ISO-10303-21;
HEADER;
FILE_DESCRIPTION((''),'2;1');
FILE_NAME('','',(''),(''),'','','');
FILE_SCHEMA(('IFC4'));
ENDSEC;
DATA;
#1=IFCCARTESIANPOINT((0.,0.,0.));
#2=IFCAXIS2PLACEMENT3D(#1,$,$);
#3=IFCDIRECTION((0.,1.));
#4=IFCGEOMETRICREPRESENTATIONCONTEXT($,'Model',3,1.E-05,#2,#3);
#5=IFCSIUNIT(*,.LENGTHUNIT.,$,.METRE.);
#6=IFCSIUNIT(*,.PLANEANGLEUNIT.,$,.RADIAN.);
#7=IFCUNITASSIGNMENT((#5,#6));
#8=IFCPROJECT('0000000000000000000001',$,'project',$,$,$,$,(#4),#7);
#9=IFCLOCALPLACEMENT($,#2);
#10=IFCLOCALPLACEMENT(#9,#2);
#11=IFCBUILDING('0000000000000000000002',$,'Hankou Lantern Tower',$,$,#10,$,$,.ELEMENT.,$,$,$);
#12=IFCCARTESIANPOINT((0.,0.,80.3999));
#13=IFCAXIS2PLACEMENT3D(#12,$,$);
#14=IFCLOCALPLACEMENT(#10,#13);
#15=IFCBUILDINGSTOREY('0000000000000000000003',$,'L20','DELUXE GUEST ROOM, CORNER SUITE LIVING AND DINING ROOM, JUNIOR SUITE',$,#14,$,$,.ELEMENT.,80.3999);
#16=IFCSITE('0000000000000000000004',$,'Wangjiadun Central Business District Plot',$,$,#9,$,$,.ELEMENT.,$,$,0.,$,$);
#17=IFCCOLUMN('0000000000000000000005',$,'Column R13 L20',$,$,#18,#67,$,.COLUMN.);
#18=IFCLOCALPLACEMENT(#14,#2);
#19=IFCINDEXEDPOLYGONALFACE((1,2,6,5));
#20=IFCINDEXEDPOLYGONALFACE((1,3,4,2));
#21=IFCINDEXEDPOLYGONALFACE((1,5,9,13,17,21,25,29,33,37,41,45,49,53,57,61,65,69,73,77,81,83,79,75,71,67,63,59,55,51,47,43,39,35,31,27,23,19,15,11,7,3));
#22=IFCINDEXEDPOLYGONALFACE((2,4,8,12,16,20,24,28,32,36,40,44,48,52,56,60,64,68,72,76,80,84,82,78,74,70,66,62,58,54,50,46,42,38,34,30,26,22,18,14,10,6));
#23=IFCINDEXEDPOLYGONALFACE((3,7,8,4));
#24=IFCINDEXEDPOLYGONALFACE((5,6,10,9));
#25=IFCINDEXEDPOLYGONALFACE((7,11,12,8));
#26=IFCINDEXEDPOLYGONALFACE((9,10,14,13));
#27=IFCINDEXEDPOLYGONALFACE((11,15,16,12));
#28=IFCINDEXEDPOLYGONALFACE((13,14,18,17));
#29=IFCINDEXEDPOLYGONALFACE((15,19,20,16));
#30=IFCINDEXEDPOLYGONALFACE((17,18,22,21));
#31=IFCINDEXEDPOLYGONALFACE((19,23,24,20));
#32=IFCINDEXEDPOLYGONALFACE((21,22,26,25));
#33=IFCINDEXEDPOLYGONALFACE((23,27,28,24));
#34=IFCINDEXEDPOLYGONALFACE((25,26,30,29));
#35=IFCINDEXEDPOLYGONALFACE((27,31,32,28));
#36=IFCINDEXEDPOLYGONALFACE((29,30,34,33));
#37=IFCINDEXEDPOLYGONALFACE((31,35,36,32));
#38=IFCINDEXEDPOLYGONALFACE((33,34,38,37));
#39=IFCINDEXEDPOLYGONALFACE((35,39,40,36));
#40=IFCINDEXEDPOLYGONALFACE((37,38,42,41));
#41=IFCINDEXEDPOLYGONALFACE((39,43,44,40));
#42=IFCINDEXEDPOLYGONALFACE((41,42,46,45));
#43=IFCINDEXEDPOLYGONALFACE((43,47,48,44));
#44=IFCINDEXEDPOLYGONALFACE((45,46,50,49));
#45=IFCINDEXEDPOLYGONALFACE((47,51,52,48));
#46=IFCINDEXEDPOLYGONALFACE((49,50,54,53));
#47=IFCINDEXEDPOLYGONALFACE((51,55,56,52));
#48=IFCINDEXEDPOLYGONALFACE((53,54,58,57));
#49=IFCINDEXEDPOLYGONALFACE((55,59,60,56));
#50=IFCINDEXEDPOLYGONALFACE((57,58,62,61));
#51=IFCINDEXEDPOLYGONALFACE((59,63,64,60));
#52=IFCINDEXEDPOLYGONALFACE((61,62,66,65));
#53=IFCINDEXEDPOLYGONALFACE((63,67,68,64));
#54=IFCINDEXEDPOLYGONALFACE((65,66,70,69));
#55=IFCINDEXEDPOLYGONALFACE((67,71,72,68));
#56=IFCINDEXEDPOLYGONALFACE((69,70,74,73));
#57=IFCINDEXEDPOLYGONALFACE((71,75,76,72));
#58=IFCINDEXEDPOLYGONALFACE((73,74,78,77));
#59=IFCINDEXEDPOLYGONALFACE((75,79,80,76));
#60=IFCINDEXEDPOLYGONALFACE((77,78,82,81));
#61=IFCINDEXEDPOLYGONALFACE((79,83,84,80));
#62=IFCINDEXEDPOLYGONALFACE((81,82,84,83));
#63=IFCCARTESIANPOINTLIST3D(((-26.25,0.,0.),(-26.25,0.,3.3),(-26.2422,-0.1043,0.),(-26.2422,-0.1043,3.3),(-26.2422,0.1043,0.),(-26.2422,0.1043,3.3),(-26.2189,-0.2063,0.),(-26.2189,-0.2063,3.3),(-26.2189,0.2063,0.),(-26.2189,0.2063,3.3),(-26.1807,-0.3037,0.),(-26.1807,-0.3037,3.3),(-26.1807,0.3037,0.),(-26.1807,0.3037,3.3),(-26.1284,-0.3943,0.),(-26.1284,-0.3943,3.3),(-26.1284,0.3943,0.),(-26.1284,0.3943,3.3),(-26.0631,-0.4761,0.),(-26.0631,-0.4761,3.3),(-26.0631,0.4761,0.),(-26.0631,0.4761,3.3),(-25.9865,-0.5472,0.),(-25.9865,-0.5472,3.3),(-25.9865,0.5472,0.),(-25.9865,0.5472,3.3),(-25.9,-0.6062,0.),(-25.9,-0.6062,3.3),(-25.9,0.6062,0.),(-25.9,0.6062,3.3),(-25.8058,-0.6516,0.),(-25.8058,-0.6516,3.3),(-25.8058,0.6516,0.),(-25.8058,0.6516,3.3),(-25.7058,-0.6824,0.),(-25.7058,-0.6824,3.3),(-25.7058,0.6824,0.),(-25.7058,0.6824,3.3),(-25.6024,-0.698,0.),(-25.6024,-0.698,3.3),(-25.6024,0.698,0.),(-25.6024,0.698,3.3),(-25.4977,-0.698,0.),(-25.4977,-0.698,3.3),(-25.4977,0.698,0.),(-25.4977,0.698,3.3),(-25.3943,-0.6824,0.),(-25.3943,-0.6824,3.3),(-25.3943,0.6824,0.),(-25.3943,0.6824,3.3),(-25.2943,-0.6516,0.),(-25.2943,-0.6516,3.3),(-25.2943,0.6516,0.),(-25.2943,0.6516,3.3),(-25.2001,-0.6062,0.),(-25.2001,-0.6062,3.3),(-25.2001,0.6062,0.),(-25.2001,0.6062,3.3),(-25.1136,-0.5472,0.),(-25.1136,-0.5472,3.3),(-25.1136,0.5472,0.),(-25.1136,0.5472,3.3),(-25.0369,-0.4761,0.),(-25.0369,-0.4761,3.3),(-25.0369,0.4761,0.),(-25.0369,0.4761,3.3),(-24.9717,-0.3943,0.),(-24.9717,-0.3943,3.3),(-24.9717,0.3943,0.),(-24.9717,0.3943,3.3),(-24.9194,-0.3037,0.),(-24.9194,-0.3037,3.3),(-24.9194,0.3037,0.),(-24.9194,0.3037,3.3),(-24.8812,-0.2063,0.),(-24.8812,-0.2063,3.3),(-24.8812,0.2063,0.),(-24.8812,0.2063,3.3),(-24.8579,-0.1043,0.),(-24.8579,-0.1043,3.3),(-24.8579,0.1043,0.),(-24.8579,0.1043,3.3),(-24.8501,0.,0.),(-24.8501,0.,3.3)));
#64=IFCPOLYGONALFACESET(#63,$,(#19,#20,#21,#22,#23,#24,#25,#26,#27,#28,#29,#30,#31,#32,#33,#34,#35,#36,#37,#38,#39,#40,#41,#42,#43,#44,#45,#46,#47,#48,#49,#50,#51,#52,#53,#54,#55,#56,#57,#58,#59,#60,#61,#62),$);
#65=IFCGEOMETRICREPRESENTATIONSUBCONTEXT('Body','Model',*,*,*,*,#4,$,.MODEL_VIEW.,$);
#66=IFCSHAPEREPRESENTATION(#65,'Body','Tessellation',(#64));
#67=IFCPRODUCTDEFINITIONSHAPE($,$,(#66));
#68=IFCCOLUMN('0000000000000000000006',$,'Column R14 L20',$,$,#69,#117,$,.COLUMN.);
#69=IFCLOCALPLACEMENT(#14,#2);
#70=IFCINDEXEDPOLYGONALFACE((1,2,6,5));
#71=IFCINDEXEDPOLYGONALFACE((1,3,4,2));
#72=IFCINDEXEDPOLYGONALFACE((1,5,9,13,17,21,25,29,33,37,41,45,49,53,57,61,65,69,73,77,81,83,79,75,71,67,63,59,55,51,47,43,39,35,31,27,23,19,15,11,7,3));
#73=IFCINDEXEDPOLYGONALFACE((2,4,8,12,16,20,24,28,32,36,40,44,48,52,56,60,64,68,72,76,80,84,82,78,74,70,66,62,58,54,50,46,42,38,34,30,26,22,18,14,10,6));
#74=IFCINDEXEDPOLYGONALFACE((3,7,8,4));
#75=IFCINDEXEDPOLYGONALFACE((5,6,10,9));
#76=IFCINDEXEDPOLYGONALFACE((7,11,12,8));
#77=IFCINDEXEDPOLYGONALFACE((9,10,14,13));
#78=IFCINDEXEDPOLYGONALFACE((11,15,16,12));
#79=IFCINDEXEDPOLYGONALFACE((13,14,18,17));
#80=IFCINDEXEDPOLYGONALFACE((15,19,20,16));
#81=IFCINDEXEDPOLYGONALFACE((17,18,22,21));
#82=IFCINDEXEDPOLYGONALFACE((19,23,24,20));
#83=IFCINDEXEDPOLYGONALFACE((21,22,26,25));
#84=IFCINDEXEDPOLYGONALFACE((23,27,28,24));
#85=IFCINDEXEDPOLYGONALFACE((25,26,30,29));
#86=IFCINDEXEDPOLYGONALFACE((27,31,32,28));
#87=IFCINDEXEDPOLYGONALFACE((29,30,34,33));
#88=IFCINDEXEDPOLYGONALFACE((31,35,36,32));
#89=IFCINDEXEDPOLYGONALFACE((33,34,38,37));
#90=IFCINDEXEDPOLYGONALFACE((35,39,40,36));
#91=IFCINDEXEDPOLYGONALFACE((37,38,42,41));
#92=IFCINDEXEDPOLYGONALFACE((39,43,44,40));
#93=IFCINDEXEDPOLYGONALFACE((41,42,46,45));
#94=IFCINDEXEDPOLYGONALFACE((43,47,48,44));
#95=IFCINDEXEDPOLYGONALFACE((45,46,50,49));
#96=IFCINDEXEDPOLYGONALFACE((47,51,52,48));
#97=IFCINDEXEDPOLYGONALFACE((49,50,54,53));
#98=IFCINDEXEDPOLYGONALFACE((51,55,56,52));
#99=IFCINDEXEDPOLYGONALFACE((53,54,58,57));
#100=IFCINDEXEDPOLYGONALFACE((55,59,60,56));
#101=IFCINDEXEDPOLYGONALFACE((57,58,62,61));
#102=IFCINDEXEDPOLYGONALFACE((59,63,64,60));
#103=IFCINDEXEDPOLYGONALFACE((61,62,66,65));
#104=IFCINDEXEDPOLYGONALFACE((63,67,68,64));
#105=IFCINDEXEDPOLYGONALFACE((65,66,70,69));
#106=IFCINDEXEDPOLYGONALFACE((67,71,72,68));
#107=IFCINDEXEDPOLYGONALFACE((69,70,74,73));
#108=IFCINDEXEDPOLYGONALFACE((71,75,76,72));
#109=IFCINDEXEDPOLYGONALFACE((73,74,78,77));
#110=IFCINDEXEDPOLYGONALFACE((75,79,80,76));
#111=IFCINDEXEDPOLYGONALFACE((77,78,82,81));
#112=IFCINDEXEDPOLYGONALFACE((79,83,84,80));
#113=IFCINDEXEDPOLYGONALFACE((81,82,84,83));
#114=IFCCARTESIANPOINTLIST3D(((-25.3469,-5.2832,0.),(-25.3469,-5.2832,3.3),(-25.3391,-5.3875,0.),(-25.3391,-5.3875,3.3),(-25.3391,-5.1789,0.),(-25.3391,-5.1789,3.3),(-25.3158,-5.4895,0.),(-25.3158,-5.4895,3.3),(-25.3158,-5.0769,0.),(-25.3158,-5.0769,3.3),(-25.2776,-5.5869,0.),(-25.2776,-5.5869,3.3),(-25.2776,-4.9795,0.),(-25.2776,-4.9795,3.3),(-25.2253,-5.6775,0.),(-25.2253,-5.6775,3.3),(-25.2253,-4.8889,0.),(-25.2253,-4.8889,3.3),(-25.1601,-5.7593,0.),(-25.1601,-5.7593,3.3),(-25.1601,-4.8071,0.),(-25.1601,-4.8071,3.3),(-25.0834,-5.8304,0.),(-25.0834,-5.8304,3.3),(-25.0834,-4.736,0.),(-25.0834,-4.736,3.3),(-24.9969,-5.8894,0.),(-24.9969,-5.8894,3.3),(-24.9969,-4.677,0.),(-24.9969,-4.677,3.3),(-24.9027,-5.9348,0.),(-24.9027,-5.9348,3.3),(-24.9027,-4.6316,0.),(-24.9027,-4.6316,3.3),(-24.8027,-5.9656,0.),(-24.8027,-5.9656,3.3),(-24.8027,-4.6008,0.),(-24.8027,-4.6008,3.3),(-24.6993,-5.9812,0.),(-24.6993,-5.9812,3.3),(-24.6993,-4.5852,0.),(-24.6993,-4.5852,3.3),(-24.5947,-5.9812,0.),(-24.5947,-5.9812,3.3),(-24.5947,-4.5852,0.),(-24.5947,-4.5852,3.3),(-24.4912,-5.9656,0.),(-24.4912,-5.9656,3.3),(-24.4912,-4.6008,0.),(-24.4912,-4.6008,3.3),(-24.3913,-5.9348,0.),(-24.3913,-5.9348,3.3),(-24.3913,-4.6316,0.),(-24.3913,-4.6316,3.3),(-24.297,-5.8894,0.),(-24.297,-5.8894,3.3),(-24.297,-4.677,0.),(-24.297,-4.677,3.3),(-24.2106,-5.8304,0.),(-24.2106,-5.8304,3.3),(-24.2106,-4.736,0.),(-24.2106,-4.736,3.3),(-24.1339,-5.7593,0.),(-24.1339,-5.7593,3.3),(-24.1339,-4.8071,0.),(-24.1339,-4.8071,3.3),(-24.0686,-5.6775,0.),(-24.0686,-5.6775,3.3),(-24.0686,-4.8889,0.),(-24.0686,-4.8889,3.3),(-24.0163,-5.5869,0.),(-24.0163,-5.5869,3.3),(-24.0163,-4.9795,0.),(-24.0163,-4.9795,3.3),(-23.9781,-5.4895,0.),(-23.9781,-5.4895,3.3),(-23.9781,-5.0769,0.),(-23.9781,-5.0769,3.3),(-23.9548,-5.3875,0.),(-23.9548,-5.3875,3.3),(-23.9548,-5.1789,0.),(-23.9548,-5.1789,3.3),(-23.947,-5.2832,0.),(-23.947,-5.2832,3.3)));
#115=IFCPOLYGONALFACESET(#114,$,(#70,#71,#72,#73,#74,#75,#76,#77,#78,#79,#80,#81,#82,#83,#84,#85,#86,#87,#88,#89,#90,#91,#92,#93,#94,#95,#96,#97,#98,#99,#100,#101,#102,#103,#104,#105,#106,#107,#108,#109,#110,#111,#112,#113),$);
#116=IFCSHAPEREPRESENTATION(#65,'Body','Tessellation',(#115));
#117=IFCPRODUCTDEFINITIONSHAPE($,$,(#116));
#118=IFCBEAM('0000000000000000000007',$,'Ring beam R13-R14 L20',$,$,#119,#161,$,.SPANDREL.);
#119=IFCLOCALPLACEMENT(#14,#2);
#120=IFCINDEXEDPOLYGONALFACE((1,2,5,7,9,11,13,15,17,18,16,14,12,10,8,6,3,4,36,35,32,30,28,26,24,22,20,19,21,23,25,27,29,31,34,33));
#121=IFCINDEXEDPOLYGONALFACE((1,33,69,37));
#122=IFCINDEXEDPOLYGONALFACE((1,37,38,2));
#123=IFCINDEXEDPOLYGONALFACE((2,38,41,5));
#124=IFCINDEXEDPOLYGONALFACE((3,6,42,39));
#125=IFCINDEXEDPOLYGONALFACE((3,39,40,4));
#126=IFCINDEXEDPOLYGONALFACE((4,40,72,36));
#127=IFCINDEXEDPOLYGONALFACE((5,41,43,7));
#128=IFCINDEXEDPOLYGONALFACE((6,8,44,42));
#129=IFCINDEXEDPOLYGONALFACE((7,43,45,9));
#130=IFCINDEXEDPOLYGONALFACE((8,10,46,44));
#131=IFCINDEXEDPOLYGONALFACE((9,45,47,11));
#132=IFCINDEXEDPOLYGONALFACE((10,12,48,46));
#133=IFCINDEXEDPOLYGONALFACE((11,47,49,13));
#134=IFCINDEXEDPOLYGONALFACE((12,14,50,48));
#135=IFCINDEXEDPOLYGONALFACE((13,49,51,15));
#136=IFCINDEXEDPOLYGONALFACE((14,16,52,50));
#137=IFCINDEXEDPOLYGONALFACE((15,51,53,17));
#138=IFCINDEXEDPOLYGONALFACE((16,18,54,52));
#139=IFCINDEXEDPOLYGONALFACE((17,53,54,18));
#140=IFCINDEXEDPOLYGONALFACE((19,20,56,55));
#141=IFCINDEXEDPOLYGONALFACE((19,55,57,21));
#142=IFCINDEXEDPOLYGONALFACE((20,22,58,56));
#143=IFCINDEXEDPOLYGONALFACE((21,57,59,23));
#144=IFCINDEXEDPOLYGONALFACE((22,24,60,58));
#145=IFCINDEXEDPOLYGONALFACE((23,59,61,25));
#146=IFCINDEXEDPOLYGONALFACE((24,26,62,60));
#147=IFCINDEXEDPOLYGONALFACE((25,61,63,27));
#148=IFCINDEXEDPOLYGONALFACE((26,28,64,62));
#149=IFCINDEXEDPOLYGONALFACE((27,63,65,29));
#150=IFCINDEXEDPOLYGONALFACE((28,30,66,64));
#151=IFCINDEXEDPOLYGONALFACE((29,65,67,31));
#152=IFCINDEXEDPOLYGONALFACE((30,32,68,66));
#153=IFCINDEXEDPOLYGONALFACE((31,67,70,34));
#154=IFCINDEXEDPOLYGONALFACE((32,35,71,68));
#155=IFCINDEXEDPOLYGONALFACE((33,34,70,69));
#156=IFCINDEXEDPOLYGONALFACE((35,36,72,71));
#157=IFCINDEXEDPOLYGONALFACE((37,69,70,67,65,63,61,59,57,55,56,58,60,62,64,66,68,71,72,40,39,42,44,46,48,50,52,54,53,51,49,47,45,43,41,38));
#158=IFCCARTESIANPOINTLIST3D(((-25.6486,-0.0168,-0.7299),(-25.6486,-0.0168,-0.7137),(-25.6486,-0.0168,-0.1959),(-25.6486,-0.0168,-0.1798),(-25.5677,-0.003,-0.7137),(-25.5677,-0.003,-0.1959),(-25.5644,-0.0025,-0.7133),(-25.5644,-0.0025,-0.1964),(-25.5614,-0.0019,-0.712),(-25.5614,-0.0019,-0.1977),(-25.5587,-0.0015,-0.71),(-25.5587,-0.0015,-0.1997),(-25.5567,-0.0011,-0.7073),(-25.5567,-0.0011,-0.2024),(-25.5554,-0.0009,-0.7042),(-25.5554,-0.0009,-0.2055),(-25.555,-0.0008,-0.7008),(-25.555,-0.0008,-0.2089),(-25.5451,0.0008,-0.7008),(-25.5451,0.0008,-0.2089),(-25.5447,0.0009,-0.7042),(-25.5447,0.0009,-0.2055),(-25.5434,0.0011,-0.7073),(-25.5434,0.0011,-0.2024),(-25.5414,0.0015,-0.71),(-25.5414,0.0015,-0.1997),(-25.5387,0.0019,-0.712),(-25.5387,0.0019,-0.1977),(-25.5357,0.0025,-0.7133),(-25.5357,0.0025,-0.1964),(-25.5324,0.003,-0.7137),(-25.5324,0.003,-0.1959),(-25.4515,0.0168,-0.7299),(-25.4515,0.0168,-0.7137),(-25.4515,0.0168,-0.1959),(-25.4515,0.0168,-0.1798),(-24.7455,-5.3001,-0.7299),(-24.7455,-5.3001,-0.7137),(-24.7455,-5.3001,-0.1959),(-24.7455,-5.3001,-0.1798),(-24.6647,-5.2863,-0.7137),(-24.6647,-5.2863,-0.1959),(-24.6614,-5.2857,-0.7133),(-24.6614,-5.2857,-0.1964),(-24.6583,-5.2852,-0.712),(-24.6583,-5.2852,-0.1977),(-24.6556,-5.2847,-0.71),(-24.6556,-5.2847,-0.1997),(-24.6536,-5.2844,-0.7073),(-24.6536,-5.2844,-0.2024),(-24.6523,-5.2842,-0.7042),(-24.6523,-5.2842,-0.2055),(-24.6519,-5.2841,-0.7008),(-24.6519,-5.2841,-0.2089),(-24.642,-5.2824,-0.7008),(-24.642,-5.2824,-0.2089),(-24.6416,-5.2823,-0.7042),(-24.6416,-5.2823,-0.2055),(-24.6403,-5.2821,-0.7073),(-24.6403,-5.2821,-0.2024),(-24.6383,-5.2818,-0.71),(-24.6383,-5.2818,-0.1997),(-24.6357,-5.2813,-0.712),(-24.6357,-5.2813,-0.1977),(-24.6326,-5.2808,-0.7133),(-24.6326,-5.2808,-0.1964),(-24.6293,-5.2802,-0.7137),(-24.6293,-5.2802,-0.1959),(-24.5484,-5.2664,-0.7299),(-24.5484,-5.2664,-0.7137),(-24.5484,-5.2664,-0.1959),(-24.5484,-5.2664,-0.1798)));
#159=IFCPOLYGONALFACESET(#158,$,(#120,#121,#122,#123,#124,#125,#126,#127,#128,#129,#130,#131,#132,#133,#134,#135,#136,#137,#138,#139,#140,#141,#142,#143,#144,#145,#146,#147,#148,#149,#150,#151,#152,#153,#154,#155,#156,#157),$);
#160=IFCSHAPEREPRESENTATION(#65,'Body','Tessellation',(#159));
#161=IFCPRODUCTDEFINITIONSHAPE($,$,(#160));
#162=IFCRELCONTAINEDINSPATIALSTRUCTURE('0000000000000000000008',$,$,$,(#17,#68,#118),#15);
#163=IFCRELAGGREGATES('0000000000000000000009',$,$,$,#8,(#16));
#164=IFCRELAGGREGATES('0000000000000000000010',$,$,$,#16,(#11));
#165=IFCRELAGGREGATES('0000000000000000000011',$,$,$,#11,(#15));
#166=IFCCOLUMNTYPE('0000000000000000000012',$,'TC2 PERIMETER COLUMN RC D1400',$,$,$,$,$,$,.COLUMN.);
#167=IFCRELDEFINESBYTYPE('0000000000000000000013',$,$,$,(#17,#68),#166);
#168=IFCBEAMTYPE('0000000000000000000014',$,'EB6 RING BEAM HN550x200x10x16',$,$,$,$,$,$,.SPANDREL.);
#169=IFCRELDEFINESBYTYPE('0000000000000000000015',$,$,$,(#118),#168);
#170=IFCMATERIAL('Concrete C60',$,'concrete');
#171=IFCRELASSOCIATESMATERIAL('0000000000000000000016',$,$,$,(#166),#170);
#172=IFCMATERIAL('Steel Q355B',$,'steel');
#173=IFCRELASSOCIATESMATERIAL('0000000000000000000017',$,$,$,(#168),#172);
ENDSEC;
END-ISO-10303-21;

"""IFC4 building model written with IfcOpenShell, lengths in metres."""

from ifc_helpers import new_model, si_unit, direction, frame, origin, origin_2d, place, context, subcontext, project, spatial, circle, i_section, extrude, material, material_profile, profile_set, type_object, element, save


model = new_model("IFC4")

# Units and contexts
model_context = context("Model", 3, precision=1e-05, world=origin(), true_north=direction((0.0, 1.0)))
body_context = subcontext(model_context, "Body", "Model", "MODEL_VIEW")
ifc_project = project(units=[si_unit("LENGTHUNIT", "METRE"), si_unit("PLANEANGLEUNIT", "RADIAN")], contexts=[model_context])

# Site, building, storey
site_placement = place(None, origin())
site = spatial("IfcSite", under=ifc_project, at=site_placement, Name="Wangjiadun Central Business District Plot", CompositionType="ELEMENT", RefElevation=0.0)
building_placement = place(site_placement, origin())
building = spatial("IfcBuilding", under=site, at=building_placement, Name="Hankou Lantern Tower", CompositionType="ELEMENT")
storey_placement = place(building_placement, frame((0.0, 0.0, 80.3999)))
storey = spatial("IfcBuildingStorey", under=building, at=storey_placement, Name="L20", Description="DELUXE GUEST ROOM, CORNER SUITE LIVING AND DINING ROOM, JUNIOR SUITE", CompositionType="ELEMENT", Elevation=80.3999)

# Columns
ifc_material_1 = material(Name="Concrete C60", Category="concrete")
ifc_material_profile_1 = material_profile(ifc_material_1, circle(Radius=0.7, at=origin_2d()), Name="RC D1400")
ifc_profile_set_1 = profile_set([ifc_material_profile_1], Name="Concrete C60")
column_type = type_object("IfcColumnType", Name="TC2 PERIMETER COLUMN RC D1400", PredefinedType="COLUMN", material=ifc_profile_set_1)
for number, where, z_axis, x_axis, name in (
    (1, (-25.55, 0.0, 0.0), (0.0, 0.0, 1.0), (1.0, 0.0, 0.0), "Column R13 L20"),
    (2, (-24.647, -5.2832, 0.0), (0.0, 0.0, 1.0), (1.0, 0.0, 0.0), "Column R14 L20"),
):
    element("IfcColumn", number, at=place(storey_placement, frame(where, z_axis=z_axis, x_axis=x_axis)), inside=storey, type_object=column_type, Name=name, PredefinedType="COLUMN", context=body_context, shape_type="SweptSolid", body=[
        extrude(circle(Radius=0.7, at=origin_2d()), origin(), (0.0, 0.0, 1.0), 3.3),
    ])

# Beam
ifc_material_2 = material(Name="Steel Q355B", Category="steel")
ifc_material_profile_2 = material_profile(ifc_material_2, i_section(OverallWidth=0.2, OverallDepth=0.55, WebThickness=0.01, FlangeThickness=0.0161, FilletRadius=0.0129, at=origin_2d()), Name="HN550x200x10x16")
ifc_profile_set_2 = profile_set([ifc_material_profile_2], Name="Steel Q355B")
beam_type_1 = type_object("IfcBeamType", Name="EB6 RING BEAM HN550x200x10x16", PredefinedType="SPANDREL", material=ifc_profile_set_2)
beam_1_placement = place(storey_placement, frame((-25.55, 0.0, -0.4548), z_axis=(0.16849, -0.985703, 0.0), x_axis=(0.985703, 0.16849, 0.0)))
element("IfcBeam", 3, at=beam_1_placement, inside=storey, type_object=beam_type_1, Name="Ring beam R13-R14 L20", PredefinedType="SPANDREL", context=body_context, shape_type="SweptSolid", body=[
    extrude(i_section(OverallWidth=0.2, OverallDepth=0.55, WebThickness=0.01, FlangeThickness=0.0161, FilletRadius=0.0129, at=origin_2d()), origin(), (0.0, 0.0, 1.0), 5.3599),
])

save(model, "model.ifc")
